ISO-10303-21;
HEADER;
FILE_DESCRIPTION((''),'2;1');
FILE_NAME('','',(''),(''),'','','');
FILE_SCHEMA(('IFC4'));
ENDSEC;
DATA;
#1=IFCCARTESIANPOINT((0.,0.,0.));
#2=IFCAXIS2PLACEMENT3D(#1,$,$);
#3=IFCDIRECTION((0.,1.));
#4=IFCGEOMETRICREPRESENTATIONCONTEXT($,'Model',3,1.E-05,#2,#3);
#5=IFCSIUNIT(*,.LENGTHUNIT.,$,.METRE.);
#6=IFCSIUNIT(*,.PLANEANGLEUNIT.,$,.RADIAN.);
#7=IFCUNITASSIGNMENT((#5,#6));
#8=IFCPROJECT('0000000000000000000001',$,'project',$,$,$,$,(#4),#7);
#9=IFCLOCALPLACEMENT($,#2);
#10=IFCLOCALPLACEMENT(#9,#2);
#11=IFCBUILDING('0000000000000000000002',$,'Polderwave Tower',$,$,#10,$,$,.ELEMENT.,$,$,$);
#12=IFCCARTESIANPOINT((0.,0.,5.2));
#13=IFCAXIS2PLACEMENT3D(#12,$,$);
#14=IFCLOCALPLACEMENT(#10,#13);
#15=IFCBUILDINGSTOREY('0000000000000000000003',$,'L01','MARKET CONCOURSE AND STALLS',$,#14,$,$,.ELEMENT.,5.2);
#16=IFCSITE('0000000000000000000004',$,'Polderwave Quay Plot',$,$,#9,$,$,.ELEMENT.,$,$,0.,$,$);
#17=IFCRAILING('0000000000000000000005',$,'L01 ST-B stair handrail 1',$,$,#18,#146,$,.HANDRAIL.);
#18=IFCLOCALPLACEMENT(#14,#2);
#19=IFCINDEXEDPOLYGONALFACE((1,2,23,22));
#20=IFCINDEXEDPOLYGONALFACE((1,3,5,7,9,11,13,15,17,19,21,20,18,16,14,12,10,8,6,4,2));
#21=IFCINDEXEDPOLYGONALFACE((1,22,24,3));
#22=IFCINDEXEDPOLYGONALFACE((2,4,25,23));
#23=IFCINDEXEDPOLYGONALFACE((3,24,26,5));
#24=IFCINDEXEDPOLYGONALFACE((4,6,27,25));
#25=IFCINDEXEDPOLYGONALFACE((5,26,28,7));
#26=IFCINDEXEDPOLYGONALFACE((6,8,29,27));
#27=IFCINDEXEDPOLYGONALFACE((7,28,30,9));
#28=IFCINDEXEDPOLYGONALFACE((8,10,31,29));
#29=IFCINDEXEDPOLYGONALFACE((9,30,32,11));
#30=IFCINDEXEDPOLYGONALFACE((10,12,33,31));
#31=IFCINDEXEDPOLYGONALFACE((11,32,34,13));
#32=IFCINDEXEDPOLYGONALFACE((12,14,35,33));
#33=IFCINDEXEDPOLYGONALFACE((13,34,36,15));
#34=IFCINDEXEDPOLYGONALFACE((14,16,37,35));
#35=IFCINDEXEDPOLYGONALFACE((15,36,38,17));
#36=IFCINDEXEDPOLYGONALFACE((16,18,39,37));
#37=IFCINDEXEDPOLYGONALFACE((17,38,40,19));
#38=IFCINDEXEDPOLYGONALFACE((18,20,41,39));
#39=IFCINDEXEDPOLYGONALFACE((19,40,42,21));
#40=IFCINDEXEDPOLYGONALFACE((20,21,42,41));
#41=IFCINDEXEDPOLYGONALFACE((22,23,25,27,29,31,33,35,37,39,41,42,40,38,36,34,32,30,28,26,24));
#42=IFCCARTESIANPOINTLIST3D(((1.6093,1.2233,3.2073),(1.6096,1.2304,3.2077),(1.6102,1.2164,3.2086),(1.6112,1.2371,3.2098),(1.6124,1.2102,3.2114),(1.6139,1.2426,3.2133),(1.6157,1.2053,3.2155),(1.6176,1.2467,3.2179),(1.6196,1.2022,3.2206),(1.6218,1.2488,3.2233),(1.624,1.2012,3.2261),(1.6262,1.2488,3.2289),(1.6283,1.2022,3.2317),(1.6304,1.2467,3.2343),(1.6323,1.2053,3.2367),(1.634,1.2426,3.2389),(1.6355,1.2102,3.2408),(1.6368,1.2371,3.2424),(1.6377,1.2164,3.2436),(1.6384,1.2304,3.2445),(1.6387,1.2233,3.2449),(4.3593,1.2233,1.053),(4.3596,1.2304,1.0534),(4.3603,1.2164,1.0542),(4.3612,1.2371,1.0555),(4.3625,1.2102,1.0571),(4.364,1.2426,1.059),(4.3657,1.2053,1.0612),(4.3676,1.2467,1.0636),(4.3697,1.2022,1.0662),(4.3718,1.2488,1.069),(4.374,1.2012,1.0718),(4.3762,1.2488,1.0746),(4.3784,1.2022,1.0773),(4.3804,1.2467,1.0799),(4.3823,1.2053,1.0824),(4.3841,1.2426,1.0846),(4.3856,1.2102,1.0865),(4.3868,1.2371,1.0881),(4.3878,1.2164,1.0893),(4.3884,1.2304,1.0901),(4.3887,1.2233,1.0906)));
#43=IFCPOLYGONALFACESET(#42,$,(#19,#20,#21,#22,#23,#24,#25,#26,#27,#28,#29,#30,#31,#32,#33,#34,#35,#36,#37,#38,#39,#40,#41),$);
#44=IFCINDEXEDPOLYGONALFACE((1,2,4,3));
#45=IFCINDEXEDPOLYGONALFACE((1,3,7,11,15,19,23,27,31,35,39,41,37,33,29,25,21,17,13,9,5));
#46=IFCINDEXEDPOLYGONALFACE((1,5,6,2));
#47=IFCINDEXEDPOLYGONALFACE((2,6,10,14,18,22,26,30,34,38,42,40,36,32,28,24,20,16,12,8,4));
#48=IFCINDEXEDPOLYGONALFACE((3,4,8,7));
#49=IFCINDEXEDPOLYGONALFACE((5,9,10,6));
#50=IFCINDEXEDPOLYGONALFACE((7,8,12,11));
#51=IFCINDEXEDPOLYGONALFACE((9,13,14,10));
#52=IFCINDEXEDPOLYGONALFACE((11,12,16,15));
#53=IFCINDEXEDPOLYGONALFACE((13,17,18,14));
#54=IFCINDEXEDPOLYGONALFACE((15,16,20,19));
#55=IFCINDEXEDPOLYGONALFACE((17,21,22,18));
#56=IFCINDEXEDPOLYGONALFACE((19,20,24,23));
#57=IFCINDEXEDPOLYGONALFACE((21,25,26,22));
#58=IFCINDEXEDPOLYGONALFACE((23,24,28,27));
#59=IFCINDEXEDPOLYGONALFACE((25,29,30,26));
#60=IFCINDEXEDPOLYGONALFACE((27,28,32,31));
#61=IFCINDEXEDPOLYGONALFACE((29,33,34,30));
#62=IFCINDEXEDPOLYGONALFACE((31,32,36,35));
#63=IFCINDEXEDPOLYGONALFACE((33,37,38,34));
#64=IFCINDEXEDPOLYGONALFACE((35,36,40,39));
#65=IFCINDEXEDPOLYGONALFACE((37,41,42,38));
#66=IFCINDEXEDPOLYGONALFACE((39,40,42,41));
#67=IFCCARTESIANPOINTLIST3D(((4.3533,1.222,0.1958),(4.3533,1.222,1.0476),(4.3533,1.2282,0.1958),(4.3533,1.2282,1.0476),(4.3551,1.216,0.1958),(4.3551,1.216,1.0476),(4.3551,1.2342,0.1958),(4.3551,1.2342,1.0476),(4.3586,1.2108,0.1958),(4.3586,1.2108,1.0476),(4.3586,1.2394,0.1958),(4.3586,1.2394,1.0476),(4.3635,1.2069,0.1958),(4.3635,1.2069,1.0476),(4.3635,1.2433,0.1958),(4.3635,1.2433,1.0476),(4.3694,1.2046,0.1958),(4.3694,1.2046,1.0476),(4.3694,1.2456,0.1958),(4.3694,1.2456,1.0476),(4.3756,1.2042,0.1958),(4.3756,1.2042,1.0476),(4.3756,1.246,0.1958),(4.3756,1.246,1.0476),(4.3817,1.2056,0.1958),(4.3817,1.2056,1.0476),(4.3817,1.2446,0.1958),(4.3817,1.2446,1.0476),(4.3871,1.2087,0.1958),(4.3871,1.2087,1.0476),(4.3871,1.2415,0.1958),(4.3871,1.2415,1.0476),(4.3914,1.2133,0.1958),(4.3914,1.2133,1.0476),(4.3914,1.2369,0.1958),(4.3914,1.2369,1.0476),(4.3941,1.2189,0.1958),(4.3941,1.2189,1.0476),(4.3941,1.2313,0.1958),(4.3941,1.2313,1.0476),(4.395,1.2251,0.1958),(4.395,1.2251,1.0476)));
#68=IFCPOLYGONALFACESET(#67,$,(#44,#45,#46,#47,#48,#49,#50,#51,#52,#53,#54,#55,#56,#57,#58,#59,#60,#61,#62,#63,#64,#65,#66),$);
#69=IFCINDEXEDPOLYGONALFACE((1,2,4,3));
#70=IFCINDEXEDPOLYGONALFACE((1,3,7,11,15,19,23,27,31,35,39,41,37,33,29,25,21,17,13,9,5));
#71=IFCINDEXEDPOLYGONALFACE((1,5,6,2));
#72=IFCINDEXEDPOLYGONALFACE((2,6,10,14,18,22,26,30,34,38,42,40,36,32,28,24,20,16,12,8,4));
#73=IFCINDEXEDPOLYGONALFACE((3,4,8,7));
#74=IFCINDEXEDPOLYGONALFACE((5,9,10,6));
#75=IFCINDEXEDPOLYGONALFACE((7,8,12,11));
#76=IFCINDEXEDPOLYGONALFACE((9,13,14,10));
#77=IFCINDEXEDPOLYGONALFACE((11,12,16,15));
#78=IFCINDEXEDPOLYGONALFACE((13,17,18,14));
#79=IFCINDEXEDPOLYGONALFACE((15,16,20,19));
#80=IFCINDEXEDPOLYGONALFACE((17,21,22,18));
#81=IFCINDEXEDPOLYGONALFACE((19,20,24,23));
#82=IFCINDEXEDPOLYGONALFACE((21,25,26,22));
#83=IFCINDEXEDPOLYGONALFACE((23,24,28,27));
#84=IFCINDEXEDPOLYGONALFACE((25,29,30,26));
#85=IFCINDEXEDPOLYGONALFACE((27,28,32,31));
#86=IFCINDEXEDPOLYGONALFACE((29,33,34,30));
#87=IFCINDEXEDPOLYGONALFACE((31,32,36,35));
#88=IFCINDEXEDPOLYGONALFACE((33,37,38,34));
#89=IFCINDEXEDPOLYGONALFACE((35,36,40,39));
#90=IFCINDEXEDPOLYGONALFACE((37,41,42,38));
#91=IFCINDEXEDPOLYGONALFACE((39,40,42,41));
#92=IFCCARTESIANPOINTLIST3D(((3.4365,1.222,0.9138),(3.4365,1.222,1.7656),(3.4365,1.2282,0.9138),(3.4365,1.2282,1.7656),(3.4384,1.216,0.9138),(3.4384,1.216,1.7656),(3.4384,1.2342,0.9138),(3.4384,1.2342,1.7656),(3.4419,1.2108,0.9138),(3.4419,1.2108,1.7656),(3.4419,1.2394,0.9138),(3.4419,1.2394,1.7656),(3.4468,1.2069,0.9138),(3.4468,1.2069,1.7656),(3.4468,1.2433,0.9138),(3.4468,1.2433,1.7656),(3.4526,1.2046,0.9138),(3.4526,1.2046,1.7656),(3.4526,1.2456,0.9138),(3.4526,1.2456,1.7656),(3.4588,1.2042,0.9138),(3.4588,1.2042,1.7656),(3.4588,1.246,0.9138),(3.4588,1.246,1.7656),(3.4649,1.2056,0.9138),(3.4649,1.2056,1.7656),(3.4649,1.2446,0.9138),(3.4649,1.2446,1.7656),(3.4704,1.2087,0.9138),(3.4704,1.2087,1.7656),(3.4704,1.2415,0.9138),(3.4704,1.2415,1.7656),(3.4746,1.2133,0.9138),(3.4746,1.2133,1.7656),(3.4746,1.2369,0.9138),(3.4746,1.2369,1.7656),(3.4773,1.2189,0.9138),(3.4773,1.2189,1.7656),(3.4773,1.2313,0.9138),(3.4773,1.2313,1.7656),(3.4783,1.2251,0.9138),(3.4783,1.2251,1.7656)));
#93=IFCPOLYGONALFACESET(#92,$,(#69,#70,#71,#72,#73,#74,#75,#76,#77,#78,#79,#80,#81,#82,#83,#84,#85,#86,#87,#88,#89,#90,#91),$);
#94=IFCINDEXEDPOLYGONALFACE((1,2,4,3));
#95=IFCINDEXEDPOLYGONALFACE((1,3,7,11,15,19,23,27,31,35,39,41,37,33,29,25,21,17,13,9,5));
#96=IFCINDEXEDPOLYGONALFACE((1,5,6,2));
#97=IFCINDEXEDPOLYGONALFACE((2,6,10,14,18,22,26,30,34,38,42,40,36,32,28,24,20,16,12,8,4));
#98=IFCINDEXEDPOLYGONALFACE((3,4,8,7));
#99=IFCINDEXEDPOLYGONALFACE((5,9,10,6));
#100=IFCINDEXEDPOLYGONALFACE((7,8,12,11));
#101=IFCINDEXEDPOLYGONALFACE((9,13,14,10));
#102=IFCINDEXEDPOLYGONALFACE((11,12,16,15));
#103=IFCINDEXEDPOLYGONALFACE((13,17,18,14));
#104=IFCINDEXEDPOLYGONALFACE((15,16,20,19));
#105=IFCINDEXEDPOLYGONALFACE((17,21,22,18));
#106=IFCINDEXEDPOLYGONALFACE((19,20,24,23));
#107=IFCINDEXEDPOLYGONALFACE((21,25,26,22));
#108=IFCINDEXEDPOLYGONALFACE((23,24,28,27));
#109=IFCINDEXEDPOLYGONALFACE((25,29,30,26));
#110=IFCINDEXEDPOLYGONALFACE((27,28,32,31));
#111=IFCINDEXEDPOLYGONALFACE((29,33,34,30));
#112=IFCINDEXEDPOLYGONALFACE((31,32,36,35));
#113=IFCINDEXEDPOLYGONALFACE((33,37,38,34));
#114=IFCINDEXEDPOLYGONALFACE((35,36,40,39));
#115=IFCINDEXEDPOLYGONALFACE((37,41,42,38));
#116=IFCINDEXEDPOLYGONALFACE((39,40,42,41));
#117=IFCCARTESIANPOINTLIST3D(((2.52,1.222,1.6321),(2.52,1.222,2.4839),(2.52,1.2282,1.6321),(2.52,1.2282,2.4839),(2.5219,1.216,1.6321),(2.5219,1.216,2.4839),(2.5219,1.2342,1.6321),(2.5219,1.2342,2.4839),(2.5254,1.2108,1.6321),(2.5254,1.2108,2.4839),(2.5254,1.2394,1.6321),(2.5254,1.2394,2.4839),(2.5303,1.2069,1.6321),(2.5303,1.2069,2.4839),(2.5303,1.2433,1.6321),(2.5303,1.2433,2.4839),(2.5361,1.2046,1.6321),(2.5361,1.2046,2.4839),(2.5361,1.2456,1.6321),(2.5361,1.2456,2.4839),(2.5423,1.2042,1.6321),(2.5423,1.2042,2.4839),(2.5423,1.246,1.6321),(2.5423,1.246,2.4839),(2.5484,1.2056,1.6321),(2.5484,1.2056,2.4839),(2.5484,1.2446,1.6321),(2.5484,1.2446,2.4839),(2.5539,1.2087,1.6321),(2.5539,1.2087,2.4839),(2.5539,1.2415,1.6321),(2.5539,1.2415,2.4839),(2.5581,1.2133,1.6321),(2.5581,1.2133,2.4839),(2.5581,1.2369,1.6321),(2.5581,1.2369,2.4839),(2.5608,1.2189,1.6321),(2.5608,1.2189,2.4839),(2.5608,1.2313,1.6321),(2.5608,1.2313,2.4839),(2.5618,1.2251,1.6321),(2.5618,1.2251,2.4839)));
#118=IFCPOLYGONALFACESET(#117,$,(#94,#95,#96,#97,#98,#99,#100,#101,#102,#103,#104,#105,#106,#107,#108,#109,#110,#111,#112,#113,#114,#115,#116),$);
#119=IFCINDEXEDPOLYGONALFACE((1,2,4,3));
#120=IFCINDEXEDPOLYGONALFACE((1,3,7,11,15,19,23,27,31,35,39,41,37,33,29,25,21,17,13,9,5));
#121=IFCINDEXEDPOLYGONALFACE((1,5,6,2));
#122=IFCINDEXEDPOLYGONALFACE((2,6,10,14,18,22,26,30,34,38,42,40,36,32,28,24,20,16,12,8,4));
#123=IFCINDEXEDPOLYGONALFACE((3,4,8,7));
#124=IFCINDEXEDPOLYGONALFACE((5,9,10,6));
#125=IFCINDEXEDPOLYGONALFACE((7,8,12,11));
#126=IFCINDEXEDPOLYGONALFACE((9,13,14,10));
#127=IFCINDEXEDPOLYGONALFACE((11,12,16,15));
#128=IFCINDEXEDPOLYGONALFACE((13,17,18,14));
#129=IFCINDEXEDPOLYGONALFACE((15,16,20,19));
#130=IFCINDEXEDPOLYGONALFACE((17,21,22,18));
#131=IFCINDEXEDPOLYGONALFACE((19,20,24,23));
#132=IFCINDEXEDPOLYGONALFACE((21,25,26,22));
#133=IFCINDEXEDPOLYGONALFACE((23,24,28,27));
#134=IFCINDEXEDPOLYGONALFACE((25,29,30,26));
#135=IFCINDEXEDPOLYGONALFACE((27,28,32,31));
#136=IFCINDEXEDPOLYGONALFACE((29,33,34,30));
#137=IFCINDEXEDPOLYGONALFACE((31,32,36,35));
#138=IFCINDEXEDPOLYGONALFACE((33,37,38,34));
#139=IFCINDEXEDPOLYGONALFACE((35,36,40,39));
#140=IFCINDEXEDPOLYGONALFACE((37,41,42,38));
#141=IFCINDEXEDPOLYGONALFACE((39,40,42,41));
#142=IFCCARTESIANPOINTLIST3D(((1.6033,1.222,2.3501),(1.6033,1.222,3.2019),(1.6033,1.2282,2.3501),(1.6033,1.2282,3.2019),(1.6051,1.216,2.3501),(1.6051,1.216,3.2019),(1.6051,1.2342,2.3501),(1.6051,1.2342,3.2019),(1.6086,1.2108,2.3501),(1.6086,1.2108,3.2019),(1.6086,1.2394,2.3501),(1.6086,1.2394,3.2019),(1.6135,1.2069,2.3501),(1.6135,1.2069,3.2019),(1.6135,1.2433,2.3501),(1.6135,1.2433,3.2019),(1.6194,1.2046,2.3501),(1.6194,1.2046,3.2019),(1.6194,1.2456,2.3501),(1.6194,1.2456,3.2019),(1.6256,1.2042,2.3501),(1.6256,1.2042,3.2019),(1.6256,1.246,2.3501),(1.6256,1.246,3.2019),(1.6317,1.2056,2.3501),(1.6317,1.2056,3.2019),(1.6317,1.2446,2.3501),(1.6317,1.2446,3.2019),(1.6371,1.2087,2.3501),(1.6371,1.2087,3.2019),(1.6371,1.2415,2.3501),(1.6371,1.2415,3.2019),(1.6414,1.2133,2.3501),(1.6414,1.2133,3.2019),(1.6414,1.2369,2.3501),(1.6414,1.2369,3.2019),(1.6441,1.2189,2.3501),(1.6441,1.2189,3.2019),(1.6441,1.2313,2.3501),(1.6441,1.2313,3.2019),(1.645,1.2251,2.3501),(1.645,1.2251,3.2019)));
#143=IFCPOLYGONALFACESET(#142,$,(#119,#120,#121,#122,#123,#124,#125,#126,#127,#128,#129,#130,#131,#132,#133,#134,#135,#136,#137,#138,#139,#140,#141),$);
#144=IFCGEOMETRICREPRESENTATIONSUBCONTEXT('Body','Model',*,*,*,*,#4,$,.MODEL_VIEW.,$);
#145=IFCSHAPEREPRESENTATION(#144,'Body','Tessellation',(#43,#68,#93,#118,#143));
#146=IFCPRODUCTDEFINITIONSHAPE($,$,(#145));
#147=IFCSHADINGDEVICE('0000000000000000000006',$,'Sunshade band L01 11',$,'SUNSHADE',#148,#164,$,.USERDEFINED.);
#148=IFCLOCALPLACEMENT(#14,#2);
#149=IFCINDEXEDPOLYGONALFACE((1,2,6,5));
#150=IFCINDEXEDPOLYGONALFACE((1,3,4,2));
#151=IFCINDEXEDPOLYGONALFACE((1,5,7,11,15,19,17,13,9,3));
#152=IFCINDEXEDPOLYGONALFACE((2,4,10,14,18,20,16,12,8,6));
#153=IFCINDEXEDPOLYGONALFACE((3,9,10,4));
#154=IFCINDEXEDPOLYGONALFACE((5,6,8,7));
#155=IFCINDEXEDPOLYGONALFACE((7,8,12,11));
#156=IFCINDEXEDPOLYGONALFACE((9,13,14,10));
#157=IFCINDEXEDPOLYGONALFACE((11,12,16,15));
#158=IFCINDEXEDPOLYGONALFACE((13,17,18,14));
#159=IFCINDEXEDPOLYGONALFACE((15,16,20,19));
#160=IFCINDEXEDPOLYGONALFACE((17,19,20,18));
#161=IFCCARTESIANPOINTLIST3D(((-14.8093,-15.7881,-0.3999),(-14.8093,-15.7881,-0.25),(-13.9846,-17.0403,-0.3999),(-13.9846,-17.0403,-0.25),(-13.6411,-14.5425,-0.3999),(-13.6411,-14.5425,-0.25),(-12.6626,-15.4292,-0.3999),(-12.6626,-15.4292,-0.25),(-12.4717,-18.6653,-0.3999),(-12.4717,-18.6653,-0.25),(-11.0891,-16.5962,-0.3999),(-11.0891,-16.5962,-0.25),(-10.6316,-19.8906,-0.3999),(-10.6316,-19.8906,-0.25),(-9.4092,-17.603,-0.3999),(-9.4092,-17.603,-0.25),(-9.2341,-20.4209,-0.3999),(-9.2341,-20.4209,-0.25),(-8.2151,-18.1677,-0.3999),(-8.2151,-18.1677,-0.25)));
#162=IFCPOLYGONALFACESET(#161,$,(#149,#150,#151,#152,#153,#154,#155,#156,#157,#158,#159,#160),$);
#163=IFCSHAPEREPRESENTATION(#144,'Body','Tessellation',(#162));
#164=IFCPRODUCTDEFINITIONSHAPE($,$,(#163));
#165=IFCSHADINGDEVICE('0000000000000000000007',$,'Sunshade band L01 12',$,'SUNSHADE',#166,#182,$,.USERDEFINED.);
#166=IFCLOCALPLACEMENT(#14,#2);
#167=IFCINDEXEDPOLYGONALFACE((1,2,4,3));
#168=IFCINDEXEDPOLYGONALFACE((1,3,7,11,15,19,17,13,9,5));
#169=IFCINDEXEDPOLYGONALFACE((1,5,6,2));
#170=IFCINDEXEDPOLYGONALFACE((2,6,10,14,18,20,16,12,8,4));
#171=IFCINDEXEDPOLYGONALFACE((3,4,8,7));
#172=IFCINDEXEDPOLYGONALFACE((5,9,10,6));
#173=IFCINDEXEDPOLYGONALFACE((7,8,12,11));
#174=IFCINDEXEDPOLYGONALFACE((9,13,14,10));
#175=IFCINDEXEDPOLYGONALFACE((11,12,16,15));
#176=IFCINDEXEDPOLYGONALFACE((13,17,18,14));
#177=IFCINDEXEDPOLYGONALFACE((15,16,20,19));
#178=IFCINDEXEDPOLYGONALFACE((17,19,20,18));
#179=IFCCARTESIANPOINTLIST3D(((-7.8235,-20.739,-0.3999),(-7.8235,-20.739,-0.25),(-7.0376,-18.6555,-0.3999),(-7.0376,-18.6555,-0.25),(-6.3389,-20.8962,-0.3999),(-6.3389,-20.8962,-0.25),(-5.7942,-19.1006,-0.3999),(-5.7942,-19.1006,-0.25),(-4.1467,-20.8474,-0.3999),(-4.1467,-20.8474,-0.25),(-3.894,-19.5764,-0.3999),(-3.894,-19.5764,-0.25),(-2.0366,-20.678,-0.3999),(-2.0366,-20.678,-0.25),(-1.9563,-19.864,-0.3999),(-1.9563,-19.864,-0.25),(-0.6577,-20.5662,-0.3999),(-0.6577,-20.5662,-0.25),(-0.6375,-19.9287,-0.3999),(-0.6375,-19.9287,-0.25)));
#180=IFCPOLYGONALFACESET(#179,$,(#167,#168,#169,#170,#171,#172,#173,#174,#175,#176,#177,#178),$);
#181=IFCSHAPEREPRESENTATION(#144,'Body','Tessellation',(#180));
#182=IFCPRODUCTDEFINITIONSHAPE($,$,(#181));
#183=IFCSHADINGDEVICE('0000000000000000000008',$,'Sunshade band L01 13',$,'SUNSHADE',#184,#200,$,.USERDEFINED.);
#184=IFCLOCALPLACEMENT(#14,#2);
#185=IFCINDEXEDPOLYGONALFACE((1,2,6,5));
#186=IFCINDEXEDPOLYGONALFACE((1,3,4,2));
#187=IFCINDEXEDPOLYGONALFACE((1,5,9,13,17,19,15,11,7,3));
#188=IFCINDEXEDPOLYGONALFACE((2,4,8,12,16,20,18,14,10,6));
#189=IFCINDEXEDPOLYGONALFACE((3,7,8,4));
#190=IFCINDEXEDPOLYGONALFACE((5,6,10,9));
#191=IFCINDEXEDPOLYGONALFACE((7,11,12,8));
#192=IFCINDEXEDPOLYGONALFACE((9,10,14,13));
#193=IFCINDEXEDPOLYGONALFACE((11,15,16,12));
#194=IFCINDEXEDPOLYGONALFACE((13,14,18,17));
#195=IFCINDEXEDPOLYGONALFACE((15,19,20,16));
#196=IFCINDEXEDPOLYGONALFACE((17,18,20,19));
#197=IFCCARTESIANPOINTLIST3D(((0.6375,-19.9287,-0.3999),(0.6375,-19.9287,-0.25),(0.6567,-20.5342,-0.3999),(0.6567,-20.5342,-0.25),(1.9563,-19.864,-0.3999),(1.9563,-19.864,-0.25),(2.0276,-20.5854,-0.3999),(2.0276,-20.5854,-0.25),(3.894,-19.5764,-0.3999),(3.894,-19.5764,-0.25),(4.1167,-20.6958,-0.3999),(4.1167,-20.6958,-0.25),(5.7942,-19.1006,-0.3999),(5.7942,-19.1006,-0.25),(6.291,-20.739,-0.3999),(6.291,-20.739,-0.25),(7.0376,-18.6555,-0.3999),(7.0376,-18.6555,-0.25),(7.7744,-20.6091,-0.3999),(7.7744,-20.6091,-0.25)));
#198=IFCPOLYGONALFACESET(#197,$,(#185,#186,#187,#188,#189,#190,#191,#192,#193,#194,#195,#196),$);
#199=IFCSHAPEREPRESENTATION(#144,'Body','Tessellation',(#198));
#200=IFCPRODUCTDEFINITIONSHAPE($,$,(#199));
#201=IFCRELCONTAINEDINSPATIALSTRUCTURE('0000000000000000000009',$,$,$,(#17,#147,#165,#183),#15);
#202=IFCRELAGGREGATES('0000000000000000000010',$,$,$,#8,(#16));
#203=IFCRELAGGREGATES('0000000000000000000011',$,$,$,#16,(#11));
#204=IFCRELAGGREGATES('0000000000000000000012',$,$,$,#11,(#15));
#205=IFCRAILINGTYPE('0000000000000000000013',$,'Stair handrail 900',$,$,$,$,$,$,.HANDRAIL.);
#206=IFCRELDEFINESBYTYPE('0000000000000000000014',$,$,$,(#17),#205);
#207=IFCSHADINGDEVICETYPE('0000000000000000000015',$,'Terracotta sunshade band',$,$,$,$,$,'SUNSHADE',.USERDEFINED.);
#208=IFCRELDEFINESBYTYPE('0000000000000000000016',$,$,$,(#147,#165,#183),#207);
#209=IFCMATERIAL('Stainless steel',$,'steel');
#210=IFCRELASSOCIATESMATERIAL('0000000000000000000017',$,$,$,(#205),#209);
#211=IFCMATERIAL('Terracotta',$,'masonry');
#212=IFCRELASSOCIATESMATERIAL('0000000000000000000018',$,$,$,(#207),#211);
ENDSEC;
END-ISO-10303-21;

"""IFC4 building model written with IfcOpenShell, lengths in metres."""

from ifc_helpers import new_model, si_unit, direction, frame, origin, origin_2d, place, context, subcontext, project, spatial, polyline, circle, outline, extrude, material, type_object, element, save


model = new_model("IFC4")

# Units and contexts
model_context = context("Model", 3, precision=1e-05, world=origin(), true_north=direction((0.0, 1.0)))
body_context = subcontext(model_context, "Body", "Model", "MODEL_VIEW")
ifc_project = project(units=[si_unit("LENGTHUNIT", "METRE"), si_unit("PLANEANGLEUNIT", "RADIAN")], contexts=[model_context])

# Site, building, storey
site_placement = place(None, origin())
site = spatial("IfcSite", under=ifc_project, at=site_placement, Name="Polderwave Quay Plot", CompositionType="ELEMENT", RefElevation=0.0)
building_placement = place(site_placement, origin())
building = spatial("IfcBuilding", under=site, at=building_placement, Name="Polderwave Tower", CompositionType="ELEMENT")
storey_placement = place(building_placement, frame((0.0, 0.0, 5.2)))
storey = spatial("IfcBuildingStorey", under=building, at=storey_placement, Name="L01", Description="MARKET CONCOURSE AND STALLS", CompositionType="ELEMENT", Elevation=5.2)

# Railing
ifc_material_1 = material(Name="Stainless steel", Category="steel")
railing_type_1 = type_object("IfcRailingType", Name="Stair handrail 900", PredefinedType="HANDRAIL", material=ifc_material_1)
railing_1_placement = place(storey_placement, frame((4.374, 1.2251, 0.1958)))
element("IfcRailing", 1, at=railing_1_placement, inside=storey, type_object=railing_type_1, Name="L01 ST-B stair handrail 1", PredefinedType="HANDRAIL", context=body_context, shape_type="SweptSolid", body=[
    extrude(circle(Radius=0.0239, at=origin_2d()), frame((0.0, 0.0, 0.876), z_axis=(-0.78721, 0.0, 0.616685), x_axis=(0.0, -1.0, 0.0)), (0.0, 0.0, 1.0), 3.4934),
    extrude(circle(Radius=0.021, at=origin_2d()), origin(), (0.0, 0.0, 1.0), 0.8518),
    extrude(circle(Radius=0.021, at=origin_2d()), frame((-0.9167, 0.0, 0.718)), (0.0, 0.0, 1.0), 0.8518),
    extrude(circle(Radius=0.021, at=origin_2d()), frame((-1.8333, 0.0, 1.4363)), (0.0, 0.0, 1.0), 0.8518),
    extrude(circle(Radius=0.021, at=origin_2d()), frame((-2.75, 0.0, 2.1543)), (0.0, 0.0, 1.0), 0.8518),
])

# Shading devices
ifc_material_2 = material(Name="Terracotta", Category="masonry")
shading_device_type = type_object("IfcShadingDeviceType", Name="Terracotta sunshade band", ElementType="SUNSHADE", PredefinedType="USERDEFINED", material=ifc_material_2)
shading_device_1_placement = place(storey_placement, frame((0.0, 0.0, -0.3999)))
element("IfcShadingDevice", 2, at=shading_device_1_placement, inside=storey, type_object=shading_device_type, Name="Sunshade band L01 11", ObjectType="SUNSHADE", PredefinedType="USERDEFINED", context=body_context, shape_type="SweptSolid", body=[
    extrude(outline(polyline([(-13.6411, -14.5425), (-12.6626, -15.4292), (-11.0891, -16.5962), (-9.4092, -17.603), (-8.2151, -18.1677), (-9.2341, -20.4209), (-10.6316, -19.8906), (-12.4717, -18.6653), (-13.9846, -17.0403), (-14.8093, -15.7881), (-13.6411, -14.5425)])), origin(), (0.0, 0.0, 1.0), 0.1499),
])
shading_device_2_placement = place(storey_placement, frame((0.0, 0.0, -0.3999)))
element("IfcShadingDevice", 3, at=shading_device_2_placement, inside=storey, type_object=shading_device_type, Name="Sunshade band L01 12", ObjectType="SUNSHADE", PredefinedType="USERDEFINED", context=body_context, shape_type="SweptSolid", body=[
    extrude(outline(polyline([(-7.0376, -18.6555), (-5.7942, -19.1006), (-3.894, -19.5764), (-1.9563, -19.864), (-0.6375, -19.9287), (-0.6577, -20.5662), (-2.0366, -20.678), (-4.1467, -20.8474), (-6.3389, -20.8962), (-7.8235, -20.739), (-7.0376, -18.6555)])), origin(), (0.0, 0.0, 1.0), 0.1499),
])
shading_device_3_placement = place(storey_placement, frame((0.0, 0.0, -0.3999)))
element("IfcShadingDevice", 4, at=shading_device_3_placement, inside=storey, type_object=shading_device_type, Name="Sunshade band L01 13", ObjectType="SUNSHADE", PredefinedType="USERDEFINED", context=body_context, shape_type="SweptSolid", body=[
    extrude(outline(polyline([(0.6375, -19.9287), (1.9563, -19.864), (3.894, -19.5764), (5.7942, -19.1006), (7.0376, -18.6555), (7.7744, -20.6091), (6.291, -20.739), (4.1167, -20.6958), (2.0276, -20.5854), (0.6567, -20.5342), (0.6375, -19.9287)])), origin(), (0.0, 0.0, 1.0), 0.1499),
])

save(model, "model.ifc")
